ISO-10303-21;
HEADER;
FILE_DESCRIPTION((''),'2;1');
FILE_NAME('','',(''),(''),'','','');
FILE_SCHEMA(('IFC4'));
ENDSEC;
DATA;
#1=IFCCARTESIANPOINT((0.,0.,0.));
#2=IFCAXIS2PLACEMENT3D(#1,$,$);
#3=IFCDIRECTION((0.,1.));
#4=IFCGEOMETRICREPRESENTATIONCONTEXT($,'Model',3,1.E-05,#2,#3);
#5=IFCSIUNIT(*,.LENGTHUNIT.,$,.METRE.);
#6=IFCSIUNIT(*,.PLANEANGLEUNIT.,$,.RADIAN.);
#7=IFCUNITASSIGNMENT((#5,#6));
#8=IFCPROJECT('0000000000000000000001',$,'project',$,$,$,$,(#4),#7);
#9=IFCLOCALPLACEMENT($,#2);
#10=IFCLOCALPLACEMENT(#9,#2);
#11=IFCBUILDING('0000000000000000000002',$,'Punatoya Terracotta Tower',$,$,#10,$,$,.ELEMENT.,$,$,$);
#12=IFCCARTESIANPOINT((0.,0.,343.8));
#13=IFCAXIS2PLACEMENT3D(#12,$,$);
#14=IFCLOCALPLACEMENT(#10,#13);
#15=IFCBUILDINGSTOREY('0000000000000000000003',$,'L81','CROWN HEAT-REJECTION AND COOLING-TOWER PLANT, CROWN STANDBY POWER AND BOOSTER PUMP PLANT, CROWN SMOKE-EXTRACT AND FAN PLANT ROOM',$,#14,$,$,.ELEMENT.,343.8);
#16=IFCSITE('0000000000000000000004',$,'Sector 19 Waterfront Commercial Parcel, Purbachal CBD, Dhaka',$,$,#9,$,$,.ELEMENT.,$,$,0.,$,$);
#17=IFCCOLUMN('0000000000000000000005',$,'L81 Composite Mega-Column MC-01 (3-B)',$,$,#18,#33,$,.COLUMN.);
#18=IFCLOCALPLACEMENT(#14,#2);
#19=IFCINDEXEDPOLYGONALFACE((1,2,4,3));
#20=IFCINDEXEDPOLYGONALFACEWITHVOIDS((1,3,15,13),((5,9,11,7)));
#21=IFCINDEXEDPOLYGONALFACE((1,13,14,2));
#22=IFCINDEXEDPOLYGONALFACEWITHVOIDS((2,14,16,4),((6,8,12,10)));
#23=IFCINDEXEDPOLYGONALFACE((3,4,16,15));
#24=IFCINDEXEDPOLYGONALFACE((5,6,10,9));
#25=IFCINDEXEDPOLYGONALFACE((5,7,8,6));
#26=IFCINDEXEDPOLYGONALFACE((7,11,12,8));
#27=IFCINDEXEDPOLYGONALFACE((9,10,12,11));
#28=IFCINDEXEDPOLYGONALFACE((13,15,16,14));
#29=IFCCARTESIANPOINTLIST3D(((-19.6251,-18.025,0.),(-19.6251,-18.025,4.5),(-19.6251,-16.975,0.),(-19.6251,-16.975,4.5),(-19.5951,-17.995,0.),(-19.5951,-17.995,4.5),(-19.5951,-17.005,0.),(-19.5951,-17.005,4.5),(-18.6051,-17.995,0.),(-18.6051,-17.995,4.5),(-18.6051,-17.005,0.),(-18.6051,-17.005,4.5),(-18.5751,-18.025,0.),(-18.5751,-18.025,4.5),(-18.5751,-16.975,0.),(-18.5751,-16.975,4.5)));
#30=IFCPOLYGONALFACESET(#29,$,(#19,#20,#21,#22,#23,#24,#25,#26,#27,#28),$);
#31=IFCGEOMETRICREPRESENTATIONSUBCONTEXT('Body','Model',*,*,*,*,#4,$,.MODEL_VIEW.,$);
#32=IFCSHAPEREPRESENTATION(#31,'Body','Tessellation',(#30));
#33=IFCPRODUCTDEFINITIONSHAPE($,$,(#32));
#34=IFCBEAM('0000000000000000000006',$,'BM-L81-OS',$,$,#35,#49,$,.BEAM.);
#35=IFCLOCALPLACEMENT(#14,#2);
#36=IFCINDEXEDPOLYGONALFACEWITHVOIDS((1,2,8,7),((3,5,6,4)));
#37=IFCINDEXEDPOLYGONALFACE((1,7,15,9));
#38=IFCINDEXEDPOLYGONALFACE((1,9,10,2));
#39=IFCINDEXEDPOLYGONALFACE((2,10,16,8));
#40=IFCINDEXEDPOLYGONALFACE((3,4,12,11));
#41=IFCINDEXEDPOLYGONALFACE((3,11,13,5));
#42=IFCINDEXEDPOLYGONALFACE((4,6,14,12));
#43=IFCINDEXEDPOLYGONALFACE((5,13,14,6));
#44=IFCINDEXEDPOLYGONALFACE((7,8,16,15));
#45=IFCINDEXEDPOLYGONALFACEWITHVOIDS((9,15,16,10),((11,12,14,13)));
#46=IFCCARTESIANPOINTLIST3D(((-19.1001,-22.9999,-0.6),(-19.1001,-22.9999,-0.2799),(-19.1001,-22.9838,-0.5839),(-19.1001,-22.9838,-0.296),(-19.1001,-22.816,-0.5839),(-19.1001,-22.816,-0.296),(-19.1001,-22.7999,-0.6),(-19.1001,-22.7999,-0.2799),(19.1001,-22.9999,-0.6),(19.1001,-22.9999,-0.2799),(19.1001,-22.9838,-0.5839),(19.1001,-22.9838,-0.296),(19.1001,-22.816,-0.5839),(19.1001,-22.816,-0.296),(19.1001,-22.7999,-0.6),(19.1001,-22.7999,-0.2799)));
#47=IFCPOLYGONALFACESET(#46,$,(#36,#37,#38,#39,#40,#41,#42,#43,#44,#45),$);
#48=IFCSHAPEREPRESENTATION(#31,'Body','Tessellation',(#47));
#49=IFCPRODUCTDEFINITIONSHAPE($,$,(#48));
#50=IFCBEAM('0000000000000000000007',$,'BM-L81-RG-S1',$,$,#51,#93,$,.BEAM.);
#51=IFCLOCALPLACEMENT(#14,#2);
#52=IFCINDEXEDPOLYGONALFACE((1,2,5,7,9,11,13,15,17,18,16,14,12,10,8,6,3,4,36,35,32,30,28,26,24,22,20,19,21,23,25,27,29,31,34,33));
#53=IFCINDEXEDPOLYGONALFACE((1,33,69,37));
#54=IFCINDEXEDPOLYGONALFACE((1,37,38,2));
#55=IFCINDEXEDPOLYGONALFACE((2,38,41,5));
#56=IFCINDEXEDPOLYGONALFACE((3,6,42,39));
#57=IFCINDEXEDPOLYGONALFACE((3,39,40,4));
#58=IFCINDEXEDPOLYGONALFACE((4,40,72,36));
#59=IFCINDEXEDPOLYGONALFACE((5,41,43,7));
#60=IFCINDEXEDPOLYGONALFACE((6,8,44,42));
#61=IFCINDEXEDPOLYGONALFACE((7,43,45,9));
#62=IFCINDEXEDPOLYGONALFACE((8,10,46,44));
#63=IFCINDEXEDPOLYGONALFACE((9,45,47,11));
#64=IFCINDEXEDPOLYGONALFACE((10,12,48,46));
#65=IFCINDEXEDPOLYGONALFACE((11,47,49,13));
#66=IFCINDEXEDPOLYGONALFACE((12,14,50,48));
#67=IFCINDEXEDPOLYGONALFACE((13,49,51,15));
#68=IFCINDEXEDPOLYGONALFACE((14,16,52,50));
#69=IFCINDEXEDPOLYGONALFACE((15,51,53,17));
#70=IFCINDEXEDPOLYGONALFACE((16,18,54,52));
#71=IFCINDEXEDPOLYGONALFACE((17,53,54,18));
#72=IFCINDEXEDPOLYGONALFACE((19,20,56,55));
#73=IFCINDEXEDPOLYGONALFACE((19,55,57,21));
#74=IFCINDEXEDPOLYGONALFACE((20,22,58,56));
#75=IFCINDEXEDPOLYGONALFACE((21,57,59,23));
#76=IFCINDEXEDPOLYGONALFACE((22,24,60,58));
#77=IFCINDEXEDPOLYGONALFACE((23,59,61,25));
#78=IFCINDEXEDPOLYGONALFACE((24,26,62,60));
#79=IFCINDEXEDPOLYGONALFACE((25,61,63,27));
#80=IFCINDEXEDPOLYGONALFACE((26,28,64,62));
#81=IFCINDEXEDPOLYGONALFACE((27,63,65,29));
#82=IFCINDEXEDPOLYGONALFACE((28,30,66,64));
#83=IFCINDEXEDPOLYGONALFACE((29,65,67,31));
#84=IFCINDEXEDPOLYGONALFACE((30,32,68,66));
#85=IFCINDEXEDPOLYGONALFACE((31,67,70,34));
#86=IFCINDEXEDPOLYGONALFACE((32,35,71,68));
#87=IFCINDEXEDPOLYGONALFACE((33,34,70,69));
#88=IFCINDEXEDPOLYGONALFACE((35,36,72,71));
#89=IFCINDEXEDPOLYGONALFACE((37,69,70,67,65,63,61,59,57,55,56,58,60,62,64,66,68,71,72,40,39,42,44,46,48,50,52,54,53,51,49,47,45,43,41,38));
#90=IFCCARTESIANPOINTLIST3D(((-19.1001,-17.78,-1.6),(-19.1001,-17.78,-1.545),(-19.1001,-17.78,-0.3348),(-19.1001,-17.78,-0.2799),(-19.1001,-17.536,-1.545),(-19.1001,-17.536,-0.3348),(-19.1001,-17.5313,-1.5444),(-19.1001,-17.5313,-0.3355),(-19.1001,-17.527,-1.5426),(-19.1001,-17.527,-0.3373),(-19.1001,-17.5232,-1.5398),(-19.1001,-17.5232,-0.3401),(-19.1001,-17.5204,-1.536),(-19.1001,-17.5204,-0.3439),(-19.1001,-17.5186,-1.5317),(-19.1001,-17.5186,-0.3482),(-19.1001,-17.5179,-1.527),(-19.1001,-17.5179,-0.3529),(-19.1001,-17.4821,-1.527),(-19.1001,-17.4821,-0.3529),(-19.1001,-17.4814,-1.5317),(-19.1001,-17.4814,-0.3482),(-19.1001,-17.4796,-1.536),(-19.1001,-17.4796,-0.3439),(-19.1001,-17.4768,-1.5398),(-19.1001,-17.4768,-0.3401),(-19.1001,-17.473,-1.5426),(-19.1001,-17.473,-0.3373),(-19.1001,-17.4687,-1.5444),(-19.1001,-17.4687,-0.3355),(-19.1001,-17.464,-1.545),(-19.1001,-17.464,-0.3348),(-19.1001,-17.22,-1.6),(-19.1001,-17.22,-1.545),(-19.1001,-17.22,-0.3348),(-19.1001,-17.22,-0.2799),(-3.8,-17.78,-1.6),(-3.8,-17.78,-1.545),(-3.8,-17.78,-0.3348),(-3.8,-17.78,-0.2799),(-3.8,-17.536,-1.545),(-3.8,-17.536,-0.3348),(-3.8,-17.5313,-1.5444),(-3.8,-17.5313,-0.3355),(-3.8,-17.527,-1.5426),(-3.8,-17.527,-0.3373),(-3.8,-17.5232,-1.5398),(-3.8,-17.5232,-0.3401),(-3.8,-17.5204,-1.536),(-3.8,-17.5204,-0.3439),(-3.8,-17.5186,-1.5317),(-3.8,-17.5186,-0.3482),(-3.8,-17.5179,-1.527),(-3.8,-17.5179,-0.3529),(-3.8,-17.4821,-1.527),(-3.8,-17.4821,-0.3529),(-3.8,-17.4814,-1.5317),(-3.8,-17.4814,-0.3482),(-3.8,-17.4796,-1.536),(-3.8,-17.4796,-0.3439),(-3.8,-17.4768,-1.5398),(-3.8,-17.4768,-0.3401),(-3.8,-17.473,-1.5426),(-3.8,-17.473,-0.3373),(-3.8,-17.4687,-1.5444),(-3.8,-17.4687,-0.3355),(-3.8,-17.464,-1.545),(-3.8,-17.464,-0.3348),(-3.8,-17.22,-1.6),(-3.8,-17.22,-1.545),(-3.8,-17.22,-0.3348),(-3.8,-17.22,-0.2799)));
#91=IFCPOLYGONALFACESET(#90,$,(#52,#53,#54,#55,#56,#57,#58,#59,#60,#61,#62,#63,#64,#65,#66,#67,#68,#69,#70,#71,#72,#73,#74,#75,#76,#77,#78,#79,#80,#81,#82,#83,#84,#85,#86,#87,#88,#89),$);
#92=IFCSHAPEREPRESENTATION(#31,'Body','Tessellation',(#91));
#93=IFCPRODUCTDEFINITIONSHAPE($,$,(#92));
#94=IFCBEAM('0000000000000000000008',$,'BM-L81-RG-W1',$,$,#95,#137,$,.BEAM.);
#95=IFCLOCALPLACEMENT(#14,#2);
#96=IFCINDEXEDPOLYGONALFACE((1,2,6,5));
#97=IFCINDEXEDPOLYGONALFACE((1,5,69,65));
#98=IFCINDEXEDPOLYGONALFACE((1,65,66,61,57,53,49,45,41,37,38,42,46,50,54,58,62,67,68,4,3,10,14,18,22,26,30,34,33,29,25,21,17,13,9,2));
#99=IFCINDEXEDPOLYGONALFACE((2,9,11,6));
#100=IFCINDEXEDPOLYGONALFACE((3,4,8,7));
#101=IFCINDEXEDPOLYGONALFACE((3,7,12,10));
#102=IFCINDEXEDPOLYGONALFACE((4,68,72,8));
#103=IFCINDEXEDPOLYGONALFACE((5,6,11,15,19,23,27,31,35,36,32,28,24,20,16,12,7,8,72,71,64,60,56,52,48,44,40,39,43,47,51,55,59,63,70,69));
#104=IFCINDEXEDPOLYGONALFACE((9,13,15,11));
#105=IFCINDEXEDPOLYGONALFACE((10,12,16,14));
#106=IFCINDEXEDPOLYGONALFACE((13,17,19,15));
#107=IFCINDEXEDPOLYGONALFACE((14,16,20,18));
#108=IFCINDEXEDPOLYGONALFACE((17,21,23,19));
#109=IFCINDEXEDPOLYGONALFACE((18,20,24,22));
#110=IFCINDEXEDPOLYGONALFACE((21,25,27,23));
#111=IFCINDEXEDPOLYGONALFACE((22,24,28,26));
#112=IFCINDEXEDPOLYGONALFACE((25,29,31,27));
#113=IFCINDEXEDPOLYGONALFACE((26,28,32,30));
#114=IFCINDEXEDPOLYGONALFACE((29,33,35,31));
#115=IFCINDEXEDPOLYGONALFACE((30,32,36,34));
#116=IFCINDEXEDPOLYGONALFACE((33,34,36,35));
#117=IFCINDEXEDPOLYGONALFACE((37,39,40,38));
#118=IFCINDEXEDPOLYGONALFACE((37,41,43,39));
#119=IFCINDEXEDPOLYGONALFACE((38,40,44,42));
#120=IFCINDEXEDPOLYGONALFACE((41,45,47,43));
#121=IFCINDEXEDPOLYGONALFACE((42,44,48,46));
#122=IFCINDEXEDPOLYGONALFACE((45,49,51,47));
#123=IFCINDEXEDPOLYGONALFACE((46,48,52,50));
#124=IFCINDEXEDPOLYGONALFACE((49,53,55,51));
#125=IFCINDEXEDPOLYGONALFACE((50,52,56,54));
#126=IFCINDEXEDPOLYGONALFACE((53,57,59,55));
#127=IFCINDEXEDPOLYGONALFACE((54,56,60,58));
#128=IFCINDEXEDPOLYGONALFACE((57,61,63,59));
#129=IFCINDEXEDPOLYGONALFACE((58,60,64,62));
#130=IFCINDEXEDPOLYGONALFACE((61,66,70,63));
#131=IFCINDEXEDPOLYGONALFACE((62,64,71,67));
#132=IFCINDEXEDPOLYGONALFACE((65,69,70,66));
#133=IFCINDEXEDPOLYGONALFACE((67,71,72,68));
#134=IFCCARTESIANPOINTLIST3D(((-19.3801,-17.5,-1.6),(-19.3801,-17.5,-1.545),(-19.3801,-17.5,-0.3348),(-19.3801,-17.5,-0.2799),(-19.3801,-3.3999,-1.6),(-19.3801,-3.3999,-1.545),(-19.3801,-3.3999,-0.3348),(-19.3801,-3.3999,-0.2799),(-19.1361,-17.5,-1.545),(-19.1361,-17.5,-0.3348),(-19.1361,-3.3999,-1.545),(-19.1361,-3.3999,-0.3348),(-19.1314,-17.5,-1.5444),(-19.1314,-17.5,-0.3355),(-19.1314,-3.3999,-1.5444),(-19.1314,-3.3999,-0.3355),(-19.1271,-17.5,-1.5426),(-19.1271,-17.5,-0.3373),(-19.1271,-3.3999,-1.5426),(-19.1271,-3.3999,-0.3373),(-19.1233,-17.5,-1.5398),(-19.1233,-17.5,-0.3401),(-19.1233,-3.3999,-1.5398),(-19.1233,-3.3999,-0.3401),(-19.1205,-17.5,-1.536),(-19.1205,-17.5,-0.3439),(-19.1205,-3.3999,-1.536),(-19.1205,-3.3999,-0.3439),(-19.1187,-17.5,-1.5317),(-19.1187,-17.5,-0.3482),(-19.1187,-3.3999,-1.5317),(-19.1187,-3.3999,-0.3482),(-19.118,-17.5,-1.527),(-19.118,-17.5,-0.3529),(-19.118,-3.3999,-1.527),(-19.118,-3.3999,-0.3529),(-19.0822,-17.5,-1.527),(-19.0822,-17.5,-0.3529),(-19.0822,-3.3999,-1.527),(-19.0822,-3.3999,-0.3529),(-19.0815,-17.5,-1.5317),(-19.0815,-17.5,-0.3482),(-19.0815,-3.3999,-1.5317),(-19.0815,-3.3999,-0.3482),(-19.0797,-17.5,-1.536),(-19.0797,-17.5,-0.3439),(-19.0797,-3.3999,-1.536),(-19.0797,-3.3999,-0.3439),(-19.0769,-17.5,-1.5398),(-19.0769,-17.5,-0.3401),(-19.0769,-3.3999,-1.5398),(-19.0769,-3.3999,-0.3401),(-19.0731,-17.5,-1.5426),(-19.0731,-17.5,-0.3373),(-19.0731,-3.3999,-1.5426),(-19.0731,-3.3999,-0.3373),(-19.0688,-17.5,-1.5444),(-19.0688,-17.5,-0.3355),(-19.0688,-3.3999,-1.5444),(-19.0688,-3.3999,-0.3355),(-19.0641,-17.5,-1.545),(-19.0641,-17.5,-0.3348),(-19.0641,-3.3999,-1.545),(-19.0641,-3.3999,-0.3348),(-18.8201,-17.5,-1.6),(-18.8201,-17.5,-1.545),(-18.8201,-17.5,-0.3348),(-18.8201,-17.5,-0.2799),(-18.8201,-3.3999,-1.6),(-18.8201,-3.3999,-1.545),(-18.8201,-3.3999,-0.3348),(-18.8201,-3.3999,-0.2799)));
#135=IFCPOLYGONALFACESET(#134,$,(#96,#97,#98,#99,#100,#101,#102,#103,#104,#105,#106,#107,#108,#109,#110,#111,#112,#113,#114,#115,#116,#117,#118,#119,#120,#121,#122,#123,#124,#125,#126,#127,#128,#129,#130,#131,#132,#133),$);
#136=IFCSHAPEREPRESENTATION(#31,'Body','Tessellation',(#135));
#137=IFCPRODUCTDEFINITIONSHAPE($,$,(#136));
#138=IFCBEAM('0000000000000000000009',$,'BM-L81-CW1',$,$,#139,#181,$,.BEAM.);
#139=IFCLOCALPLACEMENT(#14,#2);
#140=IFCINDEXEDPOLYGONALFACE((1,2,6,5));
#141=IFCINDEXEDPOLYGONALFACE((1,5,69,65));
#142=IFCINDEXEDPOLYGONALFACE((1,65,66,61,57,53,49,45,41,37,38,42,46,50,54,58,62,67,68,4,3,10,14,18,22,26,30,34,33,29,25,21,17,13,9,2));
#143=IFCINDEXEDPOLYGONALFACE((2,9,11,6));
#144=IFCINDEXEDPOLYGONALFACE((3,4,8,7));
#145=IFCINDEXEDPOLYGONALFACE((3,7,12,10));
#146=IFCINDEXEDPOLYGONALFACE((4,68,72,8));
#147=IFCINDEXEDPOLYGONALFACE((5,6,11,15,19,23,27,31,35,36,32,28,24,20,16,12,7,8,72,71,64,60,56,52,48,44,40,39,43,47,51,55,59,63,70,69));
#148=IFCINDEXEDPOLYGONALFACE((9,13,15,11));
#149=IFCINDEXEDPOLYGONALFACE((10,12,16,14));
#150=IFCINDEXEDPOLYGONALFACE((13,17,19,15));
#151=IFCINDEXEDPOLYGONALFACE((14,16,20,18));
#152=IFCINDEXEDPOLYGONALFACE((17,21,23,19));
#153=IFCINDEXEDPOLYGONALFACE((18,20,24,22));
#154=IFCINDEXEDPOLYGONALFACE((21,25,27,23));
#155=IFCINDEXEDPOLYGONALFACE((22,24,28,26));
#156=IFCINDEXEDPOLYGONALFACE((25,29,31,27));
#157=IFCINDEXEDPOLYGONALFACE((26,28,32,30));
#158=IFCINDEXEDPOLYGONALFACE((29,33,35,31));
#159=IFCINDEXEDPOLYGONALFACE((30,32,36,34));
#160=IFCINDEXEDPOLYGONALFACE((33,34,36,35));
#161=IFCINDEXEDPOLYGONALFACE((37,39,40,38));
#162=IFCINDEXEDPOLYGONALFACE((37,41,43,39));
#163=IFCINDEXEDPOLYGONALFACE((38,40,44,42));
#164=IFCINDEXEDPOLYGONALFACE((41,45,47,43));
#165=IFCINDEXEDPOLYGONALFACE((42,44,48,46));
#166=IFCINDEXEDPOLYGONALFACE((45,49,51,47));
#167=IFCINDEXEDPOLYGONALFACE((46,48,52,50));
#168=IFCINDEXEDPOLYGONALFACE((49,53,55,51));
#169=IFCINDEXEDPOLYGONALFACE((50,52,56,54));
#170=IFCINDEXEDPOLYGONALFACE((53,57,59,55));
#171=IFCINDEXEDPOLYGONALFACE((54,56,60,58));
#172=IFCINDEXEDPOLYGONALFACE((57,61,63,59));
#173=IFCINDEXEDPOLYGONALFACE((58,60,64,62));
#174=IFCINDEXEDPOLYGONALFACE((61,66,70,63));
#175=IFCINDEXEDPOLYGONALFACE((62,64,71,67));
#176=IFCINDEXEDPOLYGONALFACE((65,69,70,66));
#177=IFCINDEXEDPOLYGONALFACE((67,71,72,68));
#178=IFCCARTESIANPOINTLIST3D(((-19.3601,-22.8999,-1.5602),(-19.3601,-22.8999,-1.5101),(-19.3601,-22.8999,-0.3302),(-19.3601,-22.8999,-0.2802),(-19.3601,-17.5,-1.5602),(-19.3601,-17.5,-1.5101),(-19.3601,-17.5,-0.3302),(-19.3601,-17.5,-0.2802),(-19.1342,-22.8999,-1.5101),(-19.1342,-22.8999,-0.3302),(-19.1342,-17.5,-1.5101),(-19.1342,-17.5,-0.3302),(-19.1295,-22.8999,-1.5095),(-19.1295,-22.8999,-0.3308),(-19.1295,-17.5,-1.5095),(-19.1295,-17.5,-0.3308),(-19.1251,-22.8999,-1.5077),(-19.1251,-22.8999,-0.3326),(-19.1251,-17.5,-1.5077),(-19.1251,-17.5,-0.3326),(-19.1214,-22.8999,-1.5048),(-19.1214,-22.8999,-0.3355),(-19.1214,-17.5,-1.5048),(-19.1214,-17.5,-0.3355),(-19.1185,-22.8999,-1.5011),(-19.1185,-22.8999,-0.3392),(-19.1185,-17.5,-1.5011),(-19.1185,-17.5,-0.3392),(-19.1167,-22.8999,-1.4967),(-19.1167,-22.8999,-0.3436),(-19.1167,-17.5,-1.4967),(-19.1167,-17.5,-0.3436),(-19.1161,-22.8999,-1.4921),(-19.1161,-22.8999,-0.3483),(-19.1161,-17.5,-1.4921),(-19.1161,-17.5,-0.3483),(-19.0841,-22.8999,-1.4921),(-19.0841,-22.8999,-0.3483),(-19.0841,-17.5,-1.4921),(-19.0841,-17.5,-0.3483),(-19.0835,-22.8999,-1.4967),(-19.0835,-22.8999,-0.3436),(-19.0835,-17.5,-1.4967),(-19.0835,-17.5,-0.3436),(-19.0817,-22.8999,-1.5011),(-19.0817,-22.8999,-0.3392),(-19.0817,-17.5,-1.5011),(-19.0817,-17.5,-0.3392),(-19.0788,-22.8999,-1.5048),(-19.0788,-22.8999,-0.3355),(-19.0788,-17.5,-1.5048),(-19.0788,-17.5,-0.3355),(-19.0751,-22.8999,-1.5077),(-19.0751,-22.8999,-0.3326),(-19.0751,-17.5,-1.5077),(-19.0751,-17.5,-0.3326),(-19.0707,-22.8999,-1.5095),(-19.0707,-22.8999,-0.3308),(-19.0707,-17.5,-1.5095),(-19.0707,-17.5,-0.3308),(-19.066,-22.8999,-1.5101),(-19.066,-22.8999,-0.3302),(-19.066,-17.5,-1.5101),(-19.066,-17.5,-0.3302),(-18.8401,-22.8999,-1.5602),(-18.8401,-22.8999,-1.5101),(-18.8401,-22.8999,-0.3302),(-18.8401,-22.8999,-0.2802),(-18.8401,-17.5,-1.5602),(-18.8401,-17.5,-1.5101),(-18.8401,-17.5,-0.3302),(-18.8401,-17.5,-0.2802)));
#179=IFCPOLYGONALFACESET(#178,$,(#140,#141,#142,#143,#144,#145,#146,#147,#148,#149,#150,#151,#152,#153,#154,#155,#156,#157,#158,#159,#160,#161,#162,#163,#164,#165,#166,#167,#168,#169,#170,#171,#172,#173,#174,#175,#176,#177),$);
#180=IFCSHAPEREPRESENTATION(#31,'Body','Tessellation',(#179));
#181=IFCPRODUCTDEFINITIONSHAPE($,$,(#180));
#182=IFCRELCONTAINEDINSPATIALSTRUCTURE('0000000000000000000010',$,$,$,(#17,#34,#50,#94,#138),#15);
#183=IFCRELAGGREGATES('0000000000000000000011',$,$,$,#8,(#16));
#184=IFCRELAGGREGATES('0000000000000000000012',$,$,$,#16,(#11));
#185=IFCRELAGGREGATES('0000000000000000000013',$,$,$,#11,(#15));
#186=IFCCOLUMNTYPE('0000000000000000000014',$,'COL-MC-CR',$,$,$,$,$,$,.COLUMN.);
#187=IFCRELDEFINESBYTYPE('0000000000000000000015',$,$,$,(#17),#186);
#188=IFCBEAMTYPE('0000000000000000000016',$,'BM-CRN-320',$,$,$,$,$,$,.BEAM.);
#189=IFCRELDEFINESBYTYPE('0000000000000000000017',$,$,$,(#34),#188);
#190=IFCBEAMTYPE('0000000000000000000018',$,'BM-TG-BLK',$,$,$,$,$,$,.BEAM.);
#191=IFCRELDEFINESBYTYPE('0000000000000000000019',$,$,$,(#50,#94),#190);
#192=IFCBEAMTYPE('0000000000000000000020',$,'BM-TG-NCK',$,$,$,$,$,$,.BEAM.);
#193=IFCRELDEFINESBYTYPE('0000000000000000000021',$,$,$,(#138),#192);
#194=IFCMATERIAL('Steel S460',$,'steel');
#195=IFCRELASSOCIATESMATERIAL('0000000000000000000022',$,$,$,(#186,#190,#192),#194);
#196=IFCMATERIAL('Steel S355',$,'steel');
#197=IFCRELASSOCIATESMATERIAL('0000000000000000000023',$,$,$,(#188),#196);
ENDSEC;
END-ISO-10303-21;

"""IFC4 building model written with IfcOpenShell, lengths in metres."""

from ifc_helpers import new_model, si_unit, direction, frame, origin, origin_2d, place, context, subcontext, project, spatial, hollow_rectangle, i_section, extrude, material, material_profile, profile_set, type_object, element, save


model = new_model("IFC4")

# Units and contexts
model_context = context("Model", 3, precision=1e-05, world=origin(), true_north=direction((0.0, 1.0)))
body_context = subcontext(model_context, "Body", "Model", "MODEL_VIEW")
ifc_project = project(units=[si_unit("LENGTHUNIT", "METRE"), si_unit("PLANEANGLEUNIT", "RADIAN")], contexts=[model_context])

# Site, building, storey
site_placement = place(None, origin())
site = spatial("IfcSite", under=ifc_project, at=site_placement, Name="Sector 19 Waterfront Commercial Parcel, Purbachal CBD, Dhaka", CompositionType="ELEMENT", RefElevation=0.0)
building_placement = place(site_placement, origin())
building = spatial("IfcBuilding", under=site, at=building_placement, Name="Punatoya Terracotta Tower", CompositionType="ELEMENT")
storey_placement = place(building_placement, frame((0.0, 0.0, 343.8)))
storey = spatial("IfcBuildingStorey", under=building, at=storey_placement, Name="L81", Description="CROWN HEAT-REJECTION AND COOLING-TOWER PLANT, CROWN STANDBY POWER AND BOOSTER PUMP PLANT, CROWN SMOKE-EXTRACT AND FAN PLANT ROOM", CompositionType="ELEMENT", Elevation=343.8)

# Column
ifc_material_1 = material(Name="Steel S460", Category="steel")
ifc_material_profile_1 = material_profile(ifc_material_1, hollow_rectangle(XDim=1.05, YDim=1.05, WallThickness=0.03, at=origin_2d()))
ifc_profile_set_1 = profile_set([ifc_material_profile_1], Name="Steel S460")
column_type = type_object("IfcColumnType", Name="COL-MC-CR", PredefinedType="COLUMN", material=ifc_profile_set_1)
column_placement = place(storey_placement, frame((-19.1001, -17.5, 0.0), z_axis=(0.0, 0.0, 1.0), x_axis=(1.0, 0.0, 0.0)))
element("IfcColumn", 1, at=column_placement, inside=storey, type_object=column_type, Name="L81 Composite Mega-Column MC-01 (3-B)", PredefinedType="COLUMN", context=body_context, shape_type="SweptSolid", body=[
    extrude(hollow_rectangle(XDim=1.05, YDim=1.05, WallThickness=0.03, at=origin_2d()), origin(), (0.0, 0.0, 1.0), 4.5),
])

# Beams
ifc_material_2 = material(Name="Steel S355", Category="steel")
ifc_material_profile_2 = material_profile(ifc_material_2, hollow_rectangle(XDim=0.2, YDim=0.3201, WallThickness=0.0161, at=origin_2d()))
ifc_profile_set_2 = profile_set([ifc_material_profile_2], Name="Steel S355")
beam_type_1 = type_object("IfcBeamType", Name="BM-CRN-320", PredefinedType="BEAM", material=ifc_profile_set_2)
beam_1_placement = place(storey_placement, frame((-19.1001, -22.8999, -0.4399), z_axis=(1.0, 0.0, 0.0), x_axis=(0.0, 1.0, 0.0)))
element("IfcBeam", 2, at=beam_1_placement, inside=storey, type_object=beam_type_1, Name="BM-L81-OS", PredefinedType="BEAM", context=body_context, shape_type="SweptSolid", body=[
    extrude(hollow_rectangle(XDim=0.2, YDim=0.3201, WallThickness=0.0161, at=origin_2d()), origin(), (0.0, 0.0, 1.0), 38.2002),
])
ifc_material_profile_3 = material_profile(ifc_material_1, i_section(OverallWidth=0.5601, OverallDepth=1.3201, WebThickness=0.0359, FlangeThickness=0.0549, FilletRadius=0.0181, at=origin_2d()))
ifc_profile_set_3 = profile_set([ifc_material_profile_3], Name="Steel S460")
beam_type_2 = type_object("IfcBeamType", Name="BM-TG-BLK", PredefinedType="BEAM", material=ifc_profile_set_3)
beam_2_placement = place(storey_placement, frame((-19.1001, -17.5, -0.9399), z_axis=(1.0, 0.0, 0.0), x_axis=(0.0, 1.0, 0.0)))
element("IfcBeam", 3, at=beam_2_placement, inside=storey, type_object=beam_type_2, Name="BM-L81-RG-S1", PredefinedType="BEAM", context=body_context, shape_type="SweptSolid", body=[
    extrude(i_section(OverallWidth=0.5601, OverallDepth=1.3201, WebThickness=0.0359, FlangeThickness=0.0549, FilletRadius=0.0181, at=origin_2d()), origin(), (0.0, 0.0, 1.0), 15.3),
])
beam_3_placement = place(storey_placement, frame((-19.1001, -17.5, -0.9399), z_axis=(0.0, 1.0, 0.0), x_axis=(-1.0, 0.0, 0.0)))
element("IfcBeam", 4, at=beam_3_placement, inside=storey, type_object=beam_type_2, Name="BM-L81-RG-W1", PredefinedType="BEAM", context=body_context, shape_type="SweptSolid", body=[
    extrude(i_section(OverallWidth=0.5601, OverallDepth=1.3201, WebThickness=0.0359, FlangeThickness=0.0549, FilletRadius=0.0181, at=origin_2d()), origin(), (0.0, 0.0, 1.0), 14.1001),
])
ifc_material_profile_4 = material_profile(ifc_material_1, i_section(OverallWidth=0.52, OverallDepth=1.28, WebThickness=0.032, FlangeThickness=0.05, FilletRadius=0.0181, at=origin_2d()))
ifc_profile_set_4 = profile_set([ifc_material_profile_4], Name="Steel S460")
beam_type_3 = type_object("IfcBeamType", Name="BM-TG-NCK", PredefinedType="BEAM", material=ifc_profile_set_4)
beam_4_placement = place(storey_placement, frame((-19.1001, -22.8999, -0.9202), z_axis=(0.0, 1.0, 0.0), x_axis=(-1.0, 0.0, 0.0)))
element("IfcBeam", 5, at=beam_4_placement, inside=storey, type_object=beam_type_3, Name="BM-L81-CW1", PredefinedType="BEAM", context=body_context, shape_type="SweptSolid", body=[
    extrude(i_section(OverallWidth=0.52, OverallDepth=1.28, WebThickness=0.032, FlangeThickness=0.05, FilletRadius=0.0181, at=origin_2d()), origin(), (0.0, 0.0, 1.0), 5.3999),
])

save(model, "model.ifc")
